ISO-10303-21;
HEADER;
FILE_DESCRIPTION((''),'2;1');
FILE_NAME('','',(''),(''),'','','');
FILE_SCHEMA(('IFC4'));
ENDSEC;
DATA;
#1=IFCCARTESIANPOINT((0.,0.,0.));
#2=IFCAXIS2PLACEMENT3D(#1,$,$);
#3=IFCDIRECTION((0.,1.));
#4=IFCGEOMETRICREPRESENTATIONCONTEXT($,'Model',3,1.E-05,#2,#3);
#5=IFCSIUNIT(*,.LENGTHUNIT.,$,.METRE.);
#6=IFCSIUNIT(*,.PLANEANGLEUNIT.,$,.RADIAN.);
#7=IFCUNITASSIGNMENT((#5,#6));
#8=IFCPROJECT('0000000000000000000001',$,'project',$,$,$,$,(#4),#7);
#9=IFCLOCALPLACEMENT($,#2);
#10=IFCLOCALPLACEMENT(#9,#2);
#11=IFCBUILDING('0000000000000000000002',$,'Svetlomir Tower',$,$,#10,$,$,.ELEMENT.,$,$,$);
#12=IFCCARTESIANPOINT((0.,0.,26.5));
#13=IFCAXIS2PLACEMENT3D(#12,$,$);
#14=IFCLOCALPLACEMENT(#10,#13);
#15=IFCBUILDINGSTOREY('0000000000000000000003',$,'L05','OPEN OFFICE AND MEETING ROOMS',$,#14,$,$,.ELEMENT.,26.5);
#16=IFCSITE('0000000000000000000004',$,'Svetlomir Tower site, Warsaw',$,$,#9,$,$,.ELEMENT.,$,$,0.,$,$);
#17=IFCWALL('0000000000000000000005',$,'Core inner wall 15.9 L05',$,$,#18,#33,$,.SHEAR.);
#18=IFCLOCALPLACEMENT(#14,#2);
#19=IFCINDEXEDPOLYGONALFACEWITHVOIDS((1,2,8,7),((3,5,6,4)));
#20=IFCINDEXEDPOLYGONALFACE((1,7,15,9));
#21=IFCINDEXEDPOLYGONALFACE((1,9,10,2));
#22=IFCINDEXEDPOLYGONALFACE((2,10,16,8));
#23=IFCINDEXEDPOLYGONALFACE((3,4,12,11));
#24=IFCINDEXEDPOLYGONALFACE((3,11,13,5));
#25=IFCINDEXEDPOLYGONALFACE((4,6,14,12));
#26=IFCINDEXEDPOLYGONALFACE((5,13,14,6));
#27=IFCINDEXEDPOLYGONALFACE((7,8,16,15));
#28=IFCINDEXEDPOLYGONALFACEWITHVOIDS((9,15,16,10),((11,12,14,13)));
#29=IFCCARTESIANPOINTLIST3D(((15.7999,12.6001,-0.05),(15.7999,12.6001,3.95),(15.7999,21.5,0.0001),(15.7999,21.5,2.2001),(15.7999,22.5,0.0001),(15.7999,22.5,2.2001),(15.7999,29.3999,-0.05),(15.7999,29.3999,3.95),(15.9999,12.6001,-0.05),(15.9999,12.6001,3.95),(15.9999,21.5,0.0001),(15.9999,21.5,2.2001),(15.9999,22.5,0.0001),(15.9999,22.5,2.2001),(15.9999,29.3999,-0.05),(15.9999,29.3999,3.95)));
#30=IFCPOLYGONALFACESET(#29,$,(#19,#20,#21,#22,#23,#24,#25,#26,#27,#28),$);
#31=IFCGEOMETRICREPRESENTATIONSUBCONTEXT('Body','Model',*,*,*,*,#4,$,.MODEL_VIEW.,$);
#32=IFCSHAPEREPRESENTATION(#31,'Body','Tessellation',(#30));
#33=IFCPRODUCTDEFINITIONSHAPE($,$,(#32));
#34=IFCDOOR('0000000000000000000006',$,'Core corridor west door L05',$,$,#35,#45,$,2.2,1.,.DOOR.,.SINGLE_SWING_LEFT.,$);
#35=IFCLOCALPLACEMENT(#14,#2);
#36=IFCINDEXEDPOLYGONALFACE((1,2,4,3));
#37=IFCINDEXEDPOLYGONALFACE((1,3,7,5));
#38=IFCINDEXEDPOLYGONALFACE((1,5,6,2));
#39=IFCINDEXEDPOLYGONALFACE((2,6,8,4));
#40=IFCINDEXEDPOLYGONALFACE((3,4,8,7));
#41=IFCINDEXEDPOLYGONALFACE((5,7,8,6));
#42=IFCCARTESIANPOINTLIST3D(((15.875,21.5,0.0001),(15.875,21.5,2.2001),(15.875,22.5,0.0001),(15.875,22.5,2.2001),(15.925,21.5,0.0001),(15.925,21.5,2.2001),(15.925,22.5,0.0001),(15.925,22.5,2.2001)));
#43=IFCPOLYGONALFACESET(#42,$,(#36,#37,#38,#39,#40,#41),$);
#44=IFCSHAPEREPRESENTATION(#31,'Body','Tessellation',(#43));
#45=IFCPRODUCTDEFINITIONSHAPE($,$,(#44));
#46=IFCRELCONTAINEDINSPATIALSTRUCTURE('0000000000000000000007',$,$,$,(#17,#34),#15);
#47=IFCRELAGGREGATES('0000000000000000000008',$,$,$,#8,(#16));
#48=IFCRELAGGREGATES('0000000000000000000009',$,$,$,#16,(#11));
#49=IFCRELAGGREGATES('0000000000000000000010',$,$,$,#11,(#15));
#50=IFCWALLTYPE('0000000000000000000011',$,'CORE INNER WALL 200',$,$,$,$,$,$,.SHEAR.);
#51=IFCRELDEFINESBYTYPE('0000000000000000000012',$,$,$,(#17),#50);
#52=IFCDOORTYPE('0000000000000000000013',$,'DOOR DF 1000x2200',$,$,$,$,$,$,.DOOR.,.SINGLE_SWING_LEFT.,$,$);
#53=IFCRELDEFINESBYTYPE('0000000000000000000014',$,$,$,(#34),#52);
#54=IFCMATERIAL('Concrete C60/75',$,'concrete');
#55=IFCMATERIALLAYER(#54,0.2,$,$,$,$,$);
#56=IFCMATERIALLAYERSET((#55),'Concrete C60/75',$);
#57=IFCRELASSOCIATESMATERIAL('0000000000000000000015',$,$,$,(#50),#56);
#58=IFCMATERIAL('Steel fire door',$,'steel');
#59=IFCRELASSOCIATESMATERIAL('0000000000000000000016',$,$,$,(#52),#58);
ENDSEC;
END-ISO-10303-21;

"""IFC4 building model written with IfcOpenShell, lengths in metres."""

from ifc_helpers import new_model, si_unit, direction, frame, frame_2d, origin, place, context, subcontext, project, spatial, rectangle, extrude, material, layer, layer_set, type_object, element, fill, save


model = new_model("IFC4")

# Units and contexts
model_context = context("Model", 3, precision=1e-05, world=origin(), true_north=direction((0.0, 1.0)))
body_context = subcontext(model_context, "Body", "Model", "MODEL_VIEW")
ifc_project = project(units=[si_unit("LENGTHUNIT", "METRE"), si_unit("PLANEANGLEUNIT", "RADIAN")], contexts=[model_context])

# Site, building, storey
site_placement = place(None, origin())
site = spatial("IfcSite", under=ifc_project, at=site_placement, Name="Svetlomir Tower site, Warsaw", CompositionType="ELEMENT", RefElevation=0.0)
building_placement = place(site_placement, origin())
building = spatial("IfcBuilding", under=site, at=building_placement, Name="Svetlomir Tower", CompositionType="ELEMENT")
storey_placement = place(building_placement, frame((0.0, 0.0, 26.5)))
storey = spatial("IfcBuildingStorey", under=building, at=storey_placement, Name="L05", Description="OPEN OFFICE AND MEETING ROOMS", CompositionType="ELEMENT", Elevation=26.5)

# Wall, opening, door
ifc_material_1 = material(Name="Concrete C60/75", Category="concrete")
ifc_layer_1 = layer(ifc_material_1, 0.2)
ifc_layer_set_1 = layer_set([ifc_layer_1], Name="Concrete C60/75")
wall_type_1 = type_object("IfcWallType", Name="CORE INNER WALL 200", PredefinedType="SHEAR", material=ifc_layer_set_1)
wall_1_placement = place(storey_placement, frame((15.8999, 12.6001, -0.05), z_axis=(0.0, 0.0, 1.0), x_axis=(0.0, 1.0, 0.0)))
wall_1 = element("IfcWall", 1, at=wall_1_placement, inside=storey, type_object=wall_type_1, Name="Core inner wall 15.9 L05", PredefinedType="SHEAR", context=body_context, shape_type="SweptSolid", body=[
    extrude(rectangle(XDim=16.7998, YDim=0.2, at=frame_2d((8.3999, 0.0))), origin(), (0.0, 0.0, 1.0), 4.0),
])
opening_1_placement = place(wall_1_placement, frame((8.8999, 0.0, 0.05)))
opening_1 = element("IfcOpeningElement", 2, at=opening_1_placement, cuts=wall_1, PredefinedType="OPENING", context=body_context, shape_type="SweptSolid", body=[
    extrude(rectangle(XDim=1.0, YDim=2.2, at=frame_2d((0.5, 1.1001))), frame((0.0, 0.1099, 0.0), z_axis=(0.0, -1.0, 0.0), x_axis=(1.0, 0.0, 0.0)), (0.0, 0.0, 1.0), 0.22),
])
ifc_material_2 = material(Name="Steel fire door", Category="steel")
door_type_1 = type_object("IfcDoorType", Name="DOOR DF 1000x2200", OperationType="SINGLE_SWING_LEFT", PredefinedType="DOOR", material=ifc_material_2)
door_1_placement = place(opening_1_placement, origin())
door_1 = element("IfcDoor", 3, at=door_1_placement, inside=storey, type_object=door_type_1, Name="Core corridor west door L05", OperationType="SINGLE_SWING_LEFT", OverallHeight=2.2, OverallWidth=1.0, PredefinedType="DOOR", context=body_context, shape_type="SweptSolid", body=[
    extrude(rectangle(XDim=1.0, YDim=2.2, at=frame_2d((0.5, 1.1001))), frame((0.0, 0.0249, 0.0), z_axis=(0.0, -1.0, 0.0), x_axis=(1.0, 0.0, 0.0)), (0.0, 0.0, 1.0), 0.05),
])
fill(opening_1, door_1)

save(model, "model.ifc")
